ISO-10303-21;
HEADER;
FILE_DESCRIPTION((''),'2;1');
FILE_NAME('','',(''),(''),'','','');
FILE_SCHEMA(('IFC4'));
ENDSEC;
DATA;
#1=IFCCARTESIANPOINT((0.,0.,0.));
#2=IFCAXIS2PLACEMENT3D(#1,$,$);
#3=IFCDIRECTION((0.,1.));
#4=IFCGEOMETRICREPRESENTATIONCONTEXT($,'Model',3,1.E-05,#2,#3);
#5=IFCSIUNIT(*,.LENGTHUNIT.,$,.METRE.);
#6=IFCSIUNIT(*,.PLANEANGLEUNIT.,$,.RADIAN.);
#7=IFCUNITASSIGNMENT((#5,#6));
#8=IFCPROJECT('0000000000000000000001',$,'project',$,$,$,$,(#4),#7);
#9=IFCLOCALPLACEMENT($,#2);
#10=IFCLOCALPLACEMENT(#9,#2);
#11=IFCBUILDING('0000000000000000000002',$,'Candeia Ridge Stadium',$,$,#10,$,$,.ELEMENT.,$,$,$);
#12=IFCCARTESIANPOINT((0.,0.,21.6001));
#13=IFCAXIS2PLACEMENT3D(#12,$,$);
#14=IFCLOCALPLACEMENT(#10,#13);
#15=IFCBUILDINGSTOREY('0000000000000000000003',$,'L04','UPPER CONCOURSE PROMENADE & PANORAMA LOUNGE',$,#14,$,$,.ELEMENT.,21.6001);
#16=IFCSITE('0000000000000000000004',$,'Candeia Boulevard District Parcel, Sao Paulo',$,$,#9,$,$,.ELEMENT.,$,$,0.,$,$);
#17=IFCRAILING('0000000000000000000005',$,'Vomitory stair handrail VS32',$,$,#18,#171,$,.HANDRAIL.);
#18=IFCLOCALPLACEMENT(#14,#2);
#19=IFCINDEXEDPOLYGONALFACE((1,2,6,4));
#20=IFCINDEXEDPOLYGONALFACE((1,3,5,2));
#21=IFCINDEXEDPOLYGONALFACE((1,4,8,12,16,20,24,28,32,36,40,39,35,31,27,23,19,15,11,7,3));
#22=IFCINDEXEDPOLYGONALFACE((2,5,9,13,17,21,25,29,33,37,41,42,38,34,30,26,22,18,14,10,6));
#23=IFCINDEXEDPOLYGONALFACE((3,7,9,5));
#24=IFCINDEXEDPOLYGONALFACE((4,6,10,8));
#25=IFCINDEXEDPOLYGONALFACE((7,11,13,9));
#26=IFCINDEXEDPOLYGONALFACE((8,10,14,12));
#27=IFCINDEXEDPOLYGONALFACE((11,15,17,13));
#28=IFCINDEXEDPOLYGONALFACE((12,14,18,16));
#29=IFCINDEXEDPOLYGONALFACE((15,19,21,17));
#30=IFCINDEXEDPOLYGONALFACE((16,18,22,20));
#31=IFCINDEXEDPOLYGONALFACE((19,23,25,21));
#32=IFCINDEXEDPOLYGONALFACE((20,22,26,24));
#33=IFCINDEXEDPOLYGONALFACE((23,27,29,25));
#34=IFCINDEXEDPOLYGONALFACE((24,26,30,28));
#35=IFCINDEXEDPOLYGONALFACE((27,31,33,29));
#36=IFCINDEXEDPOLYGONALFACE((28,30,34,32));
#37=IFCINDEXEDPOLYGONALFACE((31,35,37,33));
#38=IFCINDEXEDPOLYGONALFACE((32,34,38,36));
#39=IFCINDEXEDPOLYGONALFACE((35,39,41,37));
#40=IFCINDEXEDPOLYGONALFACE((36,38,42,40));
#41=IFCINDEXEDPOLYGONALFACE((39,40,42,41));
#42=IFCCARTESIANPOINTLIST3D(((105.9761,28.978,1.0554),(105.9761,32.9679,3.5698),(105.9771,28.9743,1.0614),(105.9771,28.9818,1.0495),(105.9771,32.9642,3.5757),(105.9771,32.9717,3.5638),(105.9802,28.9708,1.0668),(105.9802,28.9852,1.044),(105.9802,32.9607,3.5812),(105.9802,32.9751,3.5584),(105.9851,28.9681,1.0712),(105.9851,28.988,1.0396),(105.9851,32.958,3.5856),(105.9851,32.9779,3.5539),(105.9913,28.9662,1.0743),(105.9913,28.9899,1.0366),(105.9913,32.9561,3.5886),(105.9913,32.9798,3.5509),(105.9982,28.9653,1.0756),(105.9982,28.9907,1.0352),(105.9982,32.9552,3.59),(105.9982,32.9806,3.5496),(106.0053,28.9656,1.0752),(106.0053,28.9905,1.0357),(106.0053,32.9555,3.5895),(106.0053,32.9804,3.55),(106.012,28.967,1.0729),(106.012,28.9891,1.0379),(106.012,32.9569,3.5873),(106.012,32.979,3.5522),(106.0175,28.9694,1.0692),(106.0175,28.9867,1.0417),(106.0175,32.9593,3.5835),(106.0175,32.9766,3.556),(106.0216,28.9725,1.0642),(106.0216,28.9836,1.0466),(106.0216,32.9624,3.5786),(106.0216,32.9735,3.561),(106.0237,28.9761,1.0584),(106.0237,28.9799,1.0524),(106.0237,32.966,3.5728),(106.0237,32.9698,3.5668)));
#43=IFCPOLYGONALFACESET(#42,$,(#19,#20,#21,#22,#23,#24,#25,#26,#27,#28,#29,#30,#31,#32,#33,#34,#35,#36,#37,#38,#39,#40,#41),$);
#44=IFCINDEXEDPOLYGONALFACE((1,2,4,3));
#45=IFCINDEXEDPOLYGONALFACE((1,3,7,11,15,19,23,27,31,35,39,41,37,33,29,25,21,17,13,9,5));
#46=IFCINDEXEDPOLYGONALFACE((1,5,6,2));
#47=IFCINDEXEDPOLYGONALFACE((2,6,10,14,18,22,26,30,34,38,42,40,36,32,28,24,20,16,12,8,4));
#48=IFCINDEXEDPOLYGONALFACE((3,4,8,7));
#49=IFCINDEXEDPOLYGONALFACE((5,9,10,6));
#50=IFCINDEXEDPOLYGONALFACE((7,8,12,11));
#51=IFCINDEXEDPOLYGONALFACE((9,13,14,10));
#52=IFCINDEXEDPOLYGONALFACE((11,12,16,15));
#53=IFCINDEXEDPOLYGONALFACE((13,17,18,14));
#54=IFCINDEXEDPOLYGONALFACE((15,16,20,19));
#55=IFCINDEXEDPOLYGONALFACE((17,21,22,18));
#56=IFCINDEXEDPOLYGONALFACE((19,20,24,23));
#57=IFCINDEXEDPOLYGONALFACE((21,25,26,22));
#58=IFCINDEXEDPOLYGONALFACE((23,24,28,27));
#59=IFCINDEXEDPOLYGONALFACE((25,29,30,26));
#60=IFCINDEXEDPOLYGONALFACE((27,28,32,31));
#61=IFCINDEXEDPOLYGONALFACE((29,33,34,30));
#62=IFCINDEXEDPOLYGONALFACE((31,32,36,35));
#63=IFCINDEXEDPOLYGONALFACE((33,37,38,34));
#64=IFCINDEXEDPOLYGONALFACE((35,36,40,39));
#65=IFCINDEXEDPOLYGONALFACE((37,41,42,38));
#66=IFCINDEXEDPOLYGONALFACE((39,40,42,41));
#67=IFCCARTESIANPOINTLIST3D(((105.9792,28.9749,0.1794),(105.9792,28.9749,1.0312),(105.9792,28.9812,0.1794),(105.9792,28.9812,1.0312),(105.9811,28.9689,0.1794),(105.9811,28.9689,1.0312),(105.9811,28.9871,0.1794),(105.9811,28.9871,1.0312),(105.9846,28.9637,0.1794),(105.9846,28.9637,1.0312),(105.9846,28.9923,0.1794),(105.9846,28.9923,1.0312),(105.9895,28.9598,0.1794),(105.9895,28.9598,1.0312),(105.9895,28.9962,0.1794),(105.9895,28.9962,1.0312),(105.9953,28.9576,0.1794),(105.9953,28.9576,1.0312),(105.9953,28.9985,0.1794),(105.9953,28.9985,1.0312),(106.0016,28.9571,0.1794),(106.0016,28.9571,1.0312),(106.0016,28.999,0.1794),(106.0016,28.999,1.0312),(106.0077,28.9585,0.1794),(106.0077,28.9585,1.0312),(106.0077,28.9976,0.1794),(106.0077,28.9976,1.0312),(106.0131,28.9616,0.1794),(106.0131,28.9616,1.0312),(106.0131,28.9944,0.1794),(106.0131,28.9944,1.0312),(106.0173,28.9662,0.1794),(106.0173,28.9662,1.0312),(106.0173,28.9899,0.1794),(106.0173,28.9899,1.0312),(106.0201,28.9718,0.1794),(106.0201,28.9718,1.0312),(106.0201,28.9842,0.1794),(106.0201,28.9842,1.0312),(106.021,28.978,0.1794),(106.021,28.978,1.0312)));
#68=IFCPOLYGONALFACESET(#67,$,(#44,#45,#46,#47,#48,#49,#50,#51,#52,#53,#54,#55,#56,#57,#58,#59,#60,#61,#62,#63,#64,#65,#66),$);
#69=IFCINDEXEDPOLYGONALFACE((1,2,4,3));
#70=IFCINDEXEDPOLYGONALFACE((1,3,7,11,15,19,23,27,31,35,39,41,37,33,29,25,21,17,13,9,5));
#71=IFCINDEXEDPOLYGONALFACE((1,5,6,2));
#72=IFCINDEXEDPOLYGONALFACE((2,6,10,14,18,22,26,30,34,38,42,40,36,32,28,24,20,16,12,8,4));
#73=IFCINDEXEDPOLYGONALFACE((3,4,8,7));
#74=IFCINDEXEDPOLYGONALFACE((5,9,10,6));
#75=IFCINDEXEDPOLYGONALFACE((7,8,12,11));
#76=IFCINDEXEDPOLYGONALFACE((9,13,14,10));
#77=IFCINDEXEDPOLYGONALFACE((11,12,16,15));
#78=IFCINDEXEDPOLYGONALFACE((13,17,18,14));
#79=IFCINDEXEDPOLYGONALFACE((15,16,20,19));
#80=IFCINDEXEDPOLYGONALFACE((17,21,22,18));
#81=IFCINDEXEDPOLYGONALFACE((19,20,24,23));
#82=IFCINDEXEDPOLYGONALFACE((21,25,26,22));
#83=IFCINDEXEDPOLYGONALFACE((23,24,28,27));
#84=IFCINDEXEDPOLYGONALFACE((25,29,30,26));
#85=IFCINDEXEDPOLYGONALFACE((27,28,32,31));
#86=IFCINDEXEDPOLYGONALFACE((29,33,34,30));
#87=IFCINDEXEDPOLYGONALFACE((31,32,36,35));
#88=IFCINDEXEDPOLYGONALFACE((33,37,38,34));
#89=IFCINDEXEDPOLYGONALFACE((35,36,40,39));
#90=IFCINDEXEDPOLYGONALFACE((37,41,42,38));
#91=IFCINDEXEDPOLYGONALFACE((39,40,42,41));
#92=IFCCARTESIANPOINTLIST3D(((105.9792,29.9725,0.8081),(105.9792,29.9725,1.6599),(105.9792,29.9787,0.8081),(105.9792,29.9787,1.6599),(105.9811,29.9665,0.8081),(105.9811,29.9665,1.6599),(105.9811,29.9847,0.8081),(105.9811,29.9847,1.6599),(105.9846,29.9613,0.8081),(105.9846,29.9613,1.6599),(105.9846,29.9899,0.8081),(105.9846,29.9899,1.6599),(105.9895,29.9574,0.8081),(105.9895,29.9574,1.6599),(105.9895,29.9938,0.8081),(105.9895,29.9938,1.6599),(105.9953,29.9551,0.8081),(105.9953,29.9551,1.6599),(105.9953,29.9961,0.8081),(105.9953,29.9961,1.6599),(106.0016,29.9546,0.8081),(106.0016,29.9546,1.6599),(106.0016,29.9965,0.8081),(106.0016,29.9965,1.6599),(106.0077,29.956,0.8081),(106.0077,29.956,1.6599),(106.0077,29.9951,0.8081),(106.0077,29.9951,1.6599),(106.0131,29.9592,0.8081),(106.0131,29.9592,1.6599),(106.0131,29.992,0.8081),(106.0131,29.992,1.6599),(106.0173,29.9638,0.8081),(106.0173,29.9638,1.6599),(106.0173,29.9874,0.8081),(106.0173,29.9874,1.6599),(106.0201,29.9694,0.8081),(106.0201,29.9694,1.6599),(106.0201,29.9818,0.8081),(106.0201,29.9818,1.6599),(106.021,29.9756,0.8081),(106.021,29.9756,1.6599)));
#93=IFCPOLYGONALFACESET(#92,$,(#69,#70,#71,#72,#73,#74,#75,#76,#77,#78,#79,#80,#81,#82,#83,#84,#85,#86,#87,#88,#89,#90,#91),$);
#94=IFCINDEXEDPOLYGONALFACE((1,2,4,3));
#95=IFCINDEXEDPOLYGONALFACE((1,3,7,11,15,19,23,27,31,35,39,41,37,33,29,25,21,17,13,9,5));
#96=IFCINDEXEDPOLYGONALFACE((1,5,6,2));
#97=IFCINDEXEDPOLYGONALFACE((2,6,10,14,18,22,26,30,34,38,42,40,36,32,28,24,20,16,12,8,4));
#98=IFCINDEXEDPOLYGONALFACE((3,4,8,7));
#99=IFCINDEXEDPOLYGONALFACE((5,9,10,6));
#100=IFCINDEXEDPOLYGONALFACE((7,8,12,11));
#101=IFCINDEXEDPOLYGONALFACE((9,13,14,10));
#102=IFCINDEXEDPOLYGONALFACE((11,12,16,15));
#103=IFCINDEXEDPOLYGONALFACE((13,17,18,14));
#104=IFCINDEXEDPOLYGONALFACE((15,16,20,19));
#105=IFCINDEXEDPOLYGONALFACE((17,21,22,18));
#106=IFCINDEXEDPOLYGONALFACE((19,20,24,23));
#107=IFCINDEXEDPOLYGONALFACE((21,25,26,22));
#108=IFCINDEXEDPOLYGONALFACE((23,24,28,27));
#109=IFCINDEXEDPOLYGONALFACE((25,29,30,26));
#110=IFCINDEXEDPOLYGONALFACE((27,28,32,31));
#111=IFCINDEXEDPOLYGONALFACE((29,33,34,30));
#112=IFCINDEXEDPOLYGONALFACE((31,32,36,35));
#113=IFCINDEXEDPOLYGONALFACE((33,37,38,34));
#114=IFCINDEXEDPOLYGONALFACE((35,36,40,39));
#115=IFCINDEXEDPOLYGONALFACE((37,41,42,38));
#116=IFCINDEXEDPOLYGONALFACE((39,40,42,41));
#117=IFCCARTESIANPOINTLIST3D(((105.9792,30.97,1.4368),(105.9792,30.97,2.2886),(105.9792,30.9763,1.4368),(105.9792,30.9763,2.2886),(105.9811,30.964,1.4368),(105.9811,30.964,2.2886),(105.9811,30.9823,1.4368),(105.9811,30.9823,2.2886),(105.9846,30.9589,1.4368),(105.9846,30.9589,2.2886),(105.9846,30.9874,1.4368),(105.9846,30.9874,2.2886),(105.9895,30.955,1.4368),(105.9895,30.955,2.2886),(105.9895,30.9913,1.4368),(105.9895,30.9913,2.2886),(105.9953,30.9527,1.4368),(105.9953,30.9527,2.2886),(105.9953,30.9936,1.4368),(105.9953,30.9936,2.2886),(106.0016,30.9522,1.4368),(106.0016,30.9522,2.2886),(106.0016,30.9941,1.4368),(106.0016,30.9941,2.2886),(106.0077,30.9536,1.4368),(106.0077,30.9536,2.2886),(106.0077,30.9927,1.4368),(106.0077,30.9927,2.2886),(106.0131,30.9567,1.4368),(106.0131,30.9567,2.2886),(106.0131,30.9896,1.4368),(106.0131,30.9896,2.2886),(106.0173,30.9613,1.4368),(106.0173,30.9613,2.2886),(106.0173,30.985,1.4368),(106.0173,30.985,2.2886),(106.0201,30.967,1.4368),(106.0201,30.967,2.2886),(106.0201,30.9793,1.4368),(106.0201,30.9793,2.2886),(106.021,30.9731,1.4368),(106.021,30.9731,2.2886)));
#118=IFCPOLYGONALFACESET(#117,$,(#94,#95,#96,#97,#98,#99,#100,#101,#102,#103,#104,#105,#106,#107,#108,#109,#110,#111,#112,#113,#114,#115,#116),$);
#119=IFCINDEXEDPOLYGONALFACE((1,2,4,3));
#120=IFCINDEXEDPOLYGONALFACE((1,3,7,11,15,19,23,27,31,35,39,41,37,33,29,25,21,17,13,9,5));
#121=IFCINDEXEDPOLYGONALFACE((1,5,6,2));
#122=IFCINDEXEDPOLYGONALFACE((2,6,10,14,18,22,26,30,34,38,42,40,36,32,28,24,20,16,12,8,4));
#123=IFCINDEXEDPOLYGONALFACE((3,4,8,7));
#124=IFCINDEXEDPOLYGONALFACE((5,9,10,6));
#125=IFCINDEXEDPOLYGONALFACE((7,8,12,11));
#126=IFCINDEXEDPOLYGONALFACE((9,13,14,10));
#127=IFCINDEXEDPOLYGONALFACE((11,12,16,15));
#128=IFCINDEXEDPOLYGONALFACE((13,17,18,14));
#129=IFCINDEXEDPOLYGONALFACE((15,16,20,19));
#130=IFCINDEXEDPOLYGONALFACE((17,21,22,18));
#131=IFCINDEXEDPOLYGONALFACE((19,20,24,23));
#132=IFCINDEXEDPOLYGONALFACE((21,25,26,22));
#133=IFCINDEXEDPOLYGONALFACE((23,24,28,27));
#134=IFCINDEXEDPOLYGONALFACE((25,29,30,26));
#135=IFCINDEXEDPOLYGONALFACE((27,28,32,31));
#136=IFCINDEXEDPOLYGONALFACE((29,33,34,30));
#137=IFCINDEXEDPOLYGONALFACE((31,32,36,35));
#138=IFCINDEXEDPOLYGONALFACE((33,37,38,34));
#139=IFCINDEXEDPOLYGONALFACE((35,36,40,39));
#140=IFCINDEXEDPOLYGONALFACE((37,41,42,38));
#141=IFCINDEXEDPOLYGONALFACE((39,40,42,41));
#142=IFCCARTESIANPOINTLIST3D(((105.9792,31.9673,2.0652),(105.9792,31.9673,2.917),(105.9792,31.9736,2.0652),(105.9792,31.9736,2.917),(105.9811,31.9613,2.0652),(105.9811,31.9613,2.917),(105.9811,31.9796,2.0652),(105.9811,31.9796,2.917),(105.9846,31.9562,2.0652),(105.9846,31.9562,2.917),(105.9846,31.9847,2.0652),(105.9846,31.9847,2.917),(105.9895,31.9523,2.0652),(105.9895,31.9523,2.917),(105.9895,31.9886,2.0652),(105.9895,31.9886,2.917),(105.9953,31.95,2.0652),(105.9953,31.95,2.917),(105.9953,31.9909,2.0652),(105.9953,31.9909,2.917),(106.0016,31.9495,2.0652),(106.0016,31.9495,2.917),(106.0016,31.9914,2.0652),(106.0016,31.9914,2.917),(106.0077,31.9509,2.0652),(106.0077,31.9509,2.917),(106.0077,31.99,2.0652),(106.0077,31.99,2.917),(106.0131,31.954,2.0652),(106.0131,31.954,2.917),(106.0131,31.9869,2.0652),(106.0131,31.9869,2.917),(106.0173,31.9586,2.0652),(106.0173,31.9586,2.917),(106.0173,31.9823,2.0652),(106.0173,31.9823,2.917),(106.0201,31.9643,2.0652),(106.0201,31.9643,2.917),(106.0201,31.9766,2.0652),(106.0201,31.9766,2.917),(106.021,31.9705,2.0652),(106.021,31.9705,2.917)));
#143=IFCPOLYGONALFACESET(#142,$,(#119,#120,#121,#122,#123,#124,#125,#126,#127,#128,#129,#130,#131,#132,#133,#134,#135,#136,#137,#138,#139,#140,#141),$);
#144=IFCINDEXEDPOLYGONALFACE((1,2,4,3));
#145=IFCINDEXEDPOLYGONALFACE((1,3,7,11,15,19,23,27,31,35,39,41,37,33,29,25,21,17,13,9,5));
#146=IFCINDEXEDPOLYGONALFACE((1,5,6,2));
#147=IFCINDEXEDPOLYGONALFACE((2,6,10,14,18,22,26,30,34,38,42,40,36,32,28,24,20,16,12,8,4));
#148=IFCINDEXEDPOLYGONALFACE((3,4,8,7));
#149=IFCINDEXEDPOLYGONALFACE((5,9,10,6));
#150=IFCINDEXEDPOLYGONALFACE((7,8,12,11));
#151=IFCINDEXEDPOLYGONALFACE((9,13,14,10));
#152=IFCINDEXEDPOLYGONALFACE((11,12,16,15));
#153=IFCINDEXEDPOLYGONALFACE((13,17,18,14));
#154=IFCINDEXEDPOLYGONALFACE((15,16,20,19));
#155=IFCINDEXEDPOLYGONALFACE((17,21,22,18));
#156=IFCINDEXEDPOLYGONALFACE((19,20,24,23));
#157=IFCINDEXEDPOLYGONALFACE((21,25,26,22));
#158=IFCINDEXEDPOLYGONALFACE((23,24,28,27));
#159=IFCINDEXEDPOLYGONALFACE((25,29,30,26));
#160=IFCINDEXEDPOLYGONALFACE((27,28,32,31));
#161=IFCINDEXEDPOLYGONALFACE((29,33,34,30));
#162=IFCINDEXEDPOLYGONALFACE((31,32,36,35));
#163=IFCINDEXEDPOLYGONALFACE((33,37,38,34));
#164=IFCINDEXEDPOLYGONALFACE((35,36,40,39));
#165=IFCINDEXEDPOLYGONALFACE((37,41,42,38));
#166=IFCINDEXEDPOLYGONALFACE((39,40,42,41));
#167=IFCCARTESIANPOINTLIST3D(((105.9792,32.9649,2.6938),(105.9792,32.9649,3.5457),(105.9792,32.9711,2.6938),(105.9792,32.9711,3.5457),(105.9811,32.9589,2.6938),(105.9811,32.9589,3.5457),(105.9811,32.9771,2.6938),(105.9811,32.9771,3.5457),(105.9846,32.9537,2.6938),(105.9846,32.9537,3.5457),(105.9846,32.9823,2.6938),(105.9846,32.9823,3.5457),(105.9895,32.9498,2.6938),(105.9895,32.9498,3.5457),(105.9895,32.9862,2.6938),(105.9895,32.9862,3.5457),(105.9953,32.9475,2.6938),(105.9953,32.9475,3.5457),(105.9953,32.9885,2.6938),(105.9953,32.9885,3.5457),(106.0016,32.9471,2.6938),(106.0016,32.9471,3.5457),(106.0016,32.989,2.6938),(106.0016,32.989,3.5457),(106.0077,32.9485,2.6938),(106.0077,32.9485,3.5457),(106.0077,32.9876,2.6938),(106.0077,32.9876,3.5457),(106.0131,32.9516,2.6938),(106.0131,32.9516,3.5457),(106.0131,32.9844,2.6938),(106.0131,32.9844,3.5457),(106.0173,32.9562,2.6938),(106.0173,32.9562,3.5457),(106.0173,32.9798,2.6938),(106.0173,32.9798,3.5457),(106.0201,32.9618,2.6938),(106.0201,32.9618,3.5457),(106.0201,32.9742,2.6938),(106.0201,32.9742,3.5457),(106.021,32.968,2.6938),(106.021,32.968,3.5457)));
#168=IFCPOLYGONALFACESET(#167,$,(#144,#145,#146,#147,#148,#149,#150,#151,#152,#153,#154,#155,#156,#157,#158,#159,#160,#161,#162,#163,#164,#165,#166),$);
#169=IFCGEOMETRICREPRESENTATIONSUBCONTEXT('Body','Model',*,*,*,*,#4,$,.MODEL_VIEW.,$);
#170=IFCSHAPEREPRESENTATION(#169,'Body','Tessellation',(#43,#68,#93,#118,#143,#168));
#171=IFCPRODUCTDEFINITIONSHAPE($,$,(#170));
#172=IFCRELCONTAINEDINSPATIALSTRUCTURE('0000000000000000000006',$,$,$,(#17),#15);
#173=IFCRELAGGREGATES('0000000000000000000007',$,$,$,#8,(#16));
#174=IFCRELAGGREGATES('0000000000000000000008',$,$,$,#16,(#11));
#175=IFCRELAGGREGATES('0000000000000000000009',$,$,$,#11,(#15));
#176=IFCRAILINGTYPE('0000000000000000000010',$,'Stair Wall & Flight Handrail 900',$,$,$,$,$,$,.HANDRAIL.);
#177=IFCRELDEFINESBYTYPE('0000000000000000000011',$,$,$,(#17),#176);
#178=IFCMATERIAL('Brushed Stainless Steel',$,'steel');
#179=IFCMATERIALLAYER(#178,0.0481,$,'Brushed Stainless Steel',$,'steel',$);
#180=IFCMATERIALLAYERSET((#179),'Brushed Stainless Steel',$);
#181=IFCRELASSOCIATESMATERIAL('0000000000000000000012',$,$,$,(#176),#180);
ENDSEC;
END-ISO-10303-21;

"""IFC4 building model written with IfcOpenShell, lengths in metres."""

from ifc_helpers import new_model, si_unit, direction, frame, origin, origin_2d, place, context, subcontext, project, spatial, circle, extrude, material, layer, layer_set, type_object, element, save


model = new_model("IFC4")

# Units and contexts
model_context = context("Model", 3, precision=1e-05, world=origin(), true_north=direction((0.0, 1.0)))
body_context = subcontext(model_context, "Body", "Model", "MODEL_VIEW")
ifc_project = project(units=[si_unit("LENGTHUNIT", "METRE"), si_unit("PLANEANGLEUNIT", "RADIAN")], contexts=[model_context])

# Site, building, storey
site_placement = place(None, origin())
site = spatial("IfcSite", under=ifc_project, at=site_placement, Name="Candeia Boulevard District Parcel, Sao Paulo", CompositionType="ELEMENT", RefElevation=0.0)
building_placement = place(site_placement, origin())
building = spatial("IfcBuilding", under=site, at=building_placement, Name="Candeia Ridge Stadium", CompositionType="ELEMENT")
storey_placement = place(building_placement, frame((0.0, 0.0, 21.6001)))
storey = spatial("IfcBuildingStorey", under=building, at=storey_placement, Name="L04", Description="UPPER CONCOURSE PROMENADE & PANORAMA LOUNGE", CompositionType="ELEMENT", Elevation=21.6001)

# Railing
ifc_material_1 = material(Name="Brushed Stainless Steel", Category="steel")
ifc_layer_1 = layer(ifc_material_1, 0.0481, Name="Brushed Stainless Steel", Category="steel")
ifc_layer_set_1 = layer_set([ifc_layer_1], Name="Brushed Stainless Steel")
railing_type_1 = type_object("IfcRailingType", Name="Stair Wall & Flight Handrail 900", PredefinedType="HANDRAIL", material=ifc_layer_set_1)
railing_1_placement = place(storey_placement, frame((106.0, 28.978, 0.1794)))
element("IfcRailing", 1, at=railing_1_placement, inside=storey, type_object=railing_type_1, Name="Vomitory stair handrail VS32", PredefinedType="HANDRAIL", context=body_context, shape_type="SweptSolid", body=[
    extrude(circle(Radius=0.0239, at=origin_2d()), frame((0.0, 0.0, 0.876), z_axis=(0.0, 0.846024, 0.533145), x_axis=(-1.0, 0.0, 0.0)), (0.0, 0.0, 1.0), 4.7161),
    extrude(circle(Radius=0.021, at=origin_2d()), origin(), (0.0, 0.0, 1.0), 0.8518),
    extrude(circle(Radius=0.021, at=origin_2d()), frame((0.0, 0.9976, 0.6287)), (0.0, 0.0, 1.0), 0.8518),
    extrude(circle(Radius=0.021, at=origin_2d()), frame((0.0, 1.9951, 1.2573)), (0.0, 0.0, 1.0), 0.8518),
    extrude(circle(Radius=0.021, at=origin_2d()), frame((0.0, 2.9924, 1.8857)), (0.0, 0.0, 1.0), 0.8518),
    extrude(circle(Radius=0.021, at=origin_2d()), frame((0.0, 3.99, 2.5144)), (0.0, 0.0, 1.0), 0.8518),
])

save(model, "model.ifc")
